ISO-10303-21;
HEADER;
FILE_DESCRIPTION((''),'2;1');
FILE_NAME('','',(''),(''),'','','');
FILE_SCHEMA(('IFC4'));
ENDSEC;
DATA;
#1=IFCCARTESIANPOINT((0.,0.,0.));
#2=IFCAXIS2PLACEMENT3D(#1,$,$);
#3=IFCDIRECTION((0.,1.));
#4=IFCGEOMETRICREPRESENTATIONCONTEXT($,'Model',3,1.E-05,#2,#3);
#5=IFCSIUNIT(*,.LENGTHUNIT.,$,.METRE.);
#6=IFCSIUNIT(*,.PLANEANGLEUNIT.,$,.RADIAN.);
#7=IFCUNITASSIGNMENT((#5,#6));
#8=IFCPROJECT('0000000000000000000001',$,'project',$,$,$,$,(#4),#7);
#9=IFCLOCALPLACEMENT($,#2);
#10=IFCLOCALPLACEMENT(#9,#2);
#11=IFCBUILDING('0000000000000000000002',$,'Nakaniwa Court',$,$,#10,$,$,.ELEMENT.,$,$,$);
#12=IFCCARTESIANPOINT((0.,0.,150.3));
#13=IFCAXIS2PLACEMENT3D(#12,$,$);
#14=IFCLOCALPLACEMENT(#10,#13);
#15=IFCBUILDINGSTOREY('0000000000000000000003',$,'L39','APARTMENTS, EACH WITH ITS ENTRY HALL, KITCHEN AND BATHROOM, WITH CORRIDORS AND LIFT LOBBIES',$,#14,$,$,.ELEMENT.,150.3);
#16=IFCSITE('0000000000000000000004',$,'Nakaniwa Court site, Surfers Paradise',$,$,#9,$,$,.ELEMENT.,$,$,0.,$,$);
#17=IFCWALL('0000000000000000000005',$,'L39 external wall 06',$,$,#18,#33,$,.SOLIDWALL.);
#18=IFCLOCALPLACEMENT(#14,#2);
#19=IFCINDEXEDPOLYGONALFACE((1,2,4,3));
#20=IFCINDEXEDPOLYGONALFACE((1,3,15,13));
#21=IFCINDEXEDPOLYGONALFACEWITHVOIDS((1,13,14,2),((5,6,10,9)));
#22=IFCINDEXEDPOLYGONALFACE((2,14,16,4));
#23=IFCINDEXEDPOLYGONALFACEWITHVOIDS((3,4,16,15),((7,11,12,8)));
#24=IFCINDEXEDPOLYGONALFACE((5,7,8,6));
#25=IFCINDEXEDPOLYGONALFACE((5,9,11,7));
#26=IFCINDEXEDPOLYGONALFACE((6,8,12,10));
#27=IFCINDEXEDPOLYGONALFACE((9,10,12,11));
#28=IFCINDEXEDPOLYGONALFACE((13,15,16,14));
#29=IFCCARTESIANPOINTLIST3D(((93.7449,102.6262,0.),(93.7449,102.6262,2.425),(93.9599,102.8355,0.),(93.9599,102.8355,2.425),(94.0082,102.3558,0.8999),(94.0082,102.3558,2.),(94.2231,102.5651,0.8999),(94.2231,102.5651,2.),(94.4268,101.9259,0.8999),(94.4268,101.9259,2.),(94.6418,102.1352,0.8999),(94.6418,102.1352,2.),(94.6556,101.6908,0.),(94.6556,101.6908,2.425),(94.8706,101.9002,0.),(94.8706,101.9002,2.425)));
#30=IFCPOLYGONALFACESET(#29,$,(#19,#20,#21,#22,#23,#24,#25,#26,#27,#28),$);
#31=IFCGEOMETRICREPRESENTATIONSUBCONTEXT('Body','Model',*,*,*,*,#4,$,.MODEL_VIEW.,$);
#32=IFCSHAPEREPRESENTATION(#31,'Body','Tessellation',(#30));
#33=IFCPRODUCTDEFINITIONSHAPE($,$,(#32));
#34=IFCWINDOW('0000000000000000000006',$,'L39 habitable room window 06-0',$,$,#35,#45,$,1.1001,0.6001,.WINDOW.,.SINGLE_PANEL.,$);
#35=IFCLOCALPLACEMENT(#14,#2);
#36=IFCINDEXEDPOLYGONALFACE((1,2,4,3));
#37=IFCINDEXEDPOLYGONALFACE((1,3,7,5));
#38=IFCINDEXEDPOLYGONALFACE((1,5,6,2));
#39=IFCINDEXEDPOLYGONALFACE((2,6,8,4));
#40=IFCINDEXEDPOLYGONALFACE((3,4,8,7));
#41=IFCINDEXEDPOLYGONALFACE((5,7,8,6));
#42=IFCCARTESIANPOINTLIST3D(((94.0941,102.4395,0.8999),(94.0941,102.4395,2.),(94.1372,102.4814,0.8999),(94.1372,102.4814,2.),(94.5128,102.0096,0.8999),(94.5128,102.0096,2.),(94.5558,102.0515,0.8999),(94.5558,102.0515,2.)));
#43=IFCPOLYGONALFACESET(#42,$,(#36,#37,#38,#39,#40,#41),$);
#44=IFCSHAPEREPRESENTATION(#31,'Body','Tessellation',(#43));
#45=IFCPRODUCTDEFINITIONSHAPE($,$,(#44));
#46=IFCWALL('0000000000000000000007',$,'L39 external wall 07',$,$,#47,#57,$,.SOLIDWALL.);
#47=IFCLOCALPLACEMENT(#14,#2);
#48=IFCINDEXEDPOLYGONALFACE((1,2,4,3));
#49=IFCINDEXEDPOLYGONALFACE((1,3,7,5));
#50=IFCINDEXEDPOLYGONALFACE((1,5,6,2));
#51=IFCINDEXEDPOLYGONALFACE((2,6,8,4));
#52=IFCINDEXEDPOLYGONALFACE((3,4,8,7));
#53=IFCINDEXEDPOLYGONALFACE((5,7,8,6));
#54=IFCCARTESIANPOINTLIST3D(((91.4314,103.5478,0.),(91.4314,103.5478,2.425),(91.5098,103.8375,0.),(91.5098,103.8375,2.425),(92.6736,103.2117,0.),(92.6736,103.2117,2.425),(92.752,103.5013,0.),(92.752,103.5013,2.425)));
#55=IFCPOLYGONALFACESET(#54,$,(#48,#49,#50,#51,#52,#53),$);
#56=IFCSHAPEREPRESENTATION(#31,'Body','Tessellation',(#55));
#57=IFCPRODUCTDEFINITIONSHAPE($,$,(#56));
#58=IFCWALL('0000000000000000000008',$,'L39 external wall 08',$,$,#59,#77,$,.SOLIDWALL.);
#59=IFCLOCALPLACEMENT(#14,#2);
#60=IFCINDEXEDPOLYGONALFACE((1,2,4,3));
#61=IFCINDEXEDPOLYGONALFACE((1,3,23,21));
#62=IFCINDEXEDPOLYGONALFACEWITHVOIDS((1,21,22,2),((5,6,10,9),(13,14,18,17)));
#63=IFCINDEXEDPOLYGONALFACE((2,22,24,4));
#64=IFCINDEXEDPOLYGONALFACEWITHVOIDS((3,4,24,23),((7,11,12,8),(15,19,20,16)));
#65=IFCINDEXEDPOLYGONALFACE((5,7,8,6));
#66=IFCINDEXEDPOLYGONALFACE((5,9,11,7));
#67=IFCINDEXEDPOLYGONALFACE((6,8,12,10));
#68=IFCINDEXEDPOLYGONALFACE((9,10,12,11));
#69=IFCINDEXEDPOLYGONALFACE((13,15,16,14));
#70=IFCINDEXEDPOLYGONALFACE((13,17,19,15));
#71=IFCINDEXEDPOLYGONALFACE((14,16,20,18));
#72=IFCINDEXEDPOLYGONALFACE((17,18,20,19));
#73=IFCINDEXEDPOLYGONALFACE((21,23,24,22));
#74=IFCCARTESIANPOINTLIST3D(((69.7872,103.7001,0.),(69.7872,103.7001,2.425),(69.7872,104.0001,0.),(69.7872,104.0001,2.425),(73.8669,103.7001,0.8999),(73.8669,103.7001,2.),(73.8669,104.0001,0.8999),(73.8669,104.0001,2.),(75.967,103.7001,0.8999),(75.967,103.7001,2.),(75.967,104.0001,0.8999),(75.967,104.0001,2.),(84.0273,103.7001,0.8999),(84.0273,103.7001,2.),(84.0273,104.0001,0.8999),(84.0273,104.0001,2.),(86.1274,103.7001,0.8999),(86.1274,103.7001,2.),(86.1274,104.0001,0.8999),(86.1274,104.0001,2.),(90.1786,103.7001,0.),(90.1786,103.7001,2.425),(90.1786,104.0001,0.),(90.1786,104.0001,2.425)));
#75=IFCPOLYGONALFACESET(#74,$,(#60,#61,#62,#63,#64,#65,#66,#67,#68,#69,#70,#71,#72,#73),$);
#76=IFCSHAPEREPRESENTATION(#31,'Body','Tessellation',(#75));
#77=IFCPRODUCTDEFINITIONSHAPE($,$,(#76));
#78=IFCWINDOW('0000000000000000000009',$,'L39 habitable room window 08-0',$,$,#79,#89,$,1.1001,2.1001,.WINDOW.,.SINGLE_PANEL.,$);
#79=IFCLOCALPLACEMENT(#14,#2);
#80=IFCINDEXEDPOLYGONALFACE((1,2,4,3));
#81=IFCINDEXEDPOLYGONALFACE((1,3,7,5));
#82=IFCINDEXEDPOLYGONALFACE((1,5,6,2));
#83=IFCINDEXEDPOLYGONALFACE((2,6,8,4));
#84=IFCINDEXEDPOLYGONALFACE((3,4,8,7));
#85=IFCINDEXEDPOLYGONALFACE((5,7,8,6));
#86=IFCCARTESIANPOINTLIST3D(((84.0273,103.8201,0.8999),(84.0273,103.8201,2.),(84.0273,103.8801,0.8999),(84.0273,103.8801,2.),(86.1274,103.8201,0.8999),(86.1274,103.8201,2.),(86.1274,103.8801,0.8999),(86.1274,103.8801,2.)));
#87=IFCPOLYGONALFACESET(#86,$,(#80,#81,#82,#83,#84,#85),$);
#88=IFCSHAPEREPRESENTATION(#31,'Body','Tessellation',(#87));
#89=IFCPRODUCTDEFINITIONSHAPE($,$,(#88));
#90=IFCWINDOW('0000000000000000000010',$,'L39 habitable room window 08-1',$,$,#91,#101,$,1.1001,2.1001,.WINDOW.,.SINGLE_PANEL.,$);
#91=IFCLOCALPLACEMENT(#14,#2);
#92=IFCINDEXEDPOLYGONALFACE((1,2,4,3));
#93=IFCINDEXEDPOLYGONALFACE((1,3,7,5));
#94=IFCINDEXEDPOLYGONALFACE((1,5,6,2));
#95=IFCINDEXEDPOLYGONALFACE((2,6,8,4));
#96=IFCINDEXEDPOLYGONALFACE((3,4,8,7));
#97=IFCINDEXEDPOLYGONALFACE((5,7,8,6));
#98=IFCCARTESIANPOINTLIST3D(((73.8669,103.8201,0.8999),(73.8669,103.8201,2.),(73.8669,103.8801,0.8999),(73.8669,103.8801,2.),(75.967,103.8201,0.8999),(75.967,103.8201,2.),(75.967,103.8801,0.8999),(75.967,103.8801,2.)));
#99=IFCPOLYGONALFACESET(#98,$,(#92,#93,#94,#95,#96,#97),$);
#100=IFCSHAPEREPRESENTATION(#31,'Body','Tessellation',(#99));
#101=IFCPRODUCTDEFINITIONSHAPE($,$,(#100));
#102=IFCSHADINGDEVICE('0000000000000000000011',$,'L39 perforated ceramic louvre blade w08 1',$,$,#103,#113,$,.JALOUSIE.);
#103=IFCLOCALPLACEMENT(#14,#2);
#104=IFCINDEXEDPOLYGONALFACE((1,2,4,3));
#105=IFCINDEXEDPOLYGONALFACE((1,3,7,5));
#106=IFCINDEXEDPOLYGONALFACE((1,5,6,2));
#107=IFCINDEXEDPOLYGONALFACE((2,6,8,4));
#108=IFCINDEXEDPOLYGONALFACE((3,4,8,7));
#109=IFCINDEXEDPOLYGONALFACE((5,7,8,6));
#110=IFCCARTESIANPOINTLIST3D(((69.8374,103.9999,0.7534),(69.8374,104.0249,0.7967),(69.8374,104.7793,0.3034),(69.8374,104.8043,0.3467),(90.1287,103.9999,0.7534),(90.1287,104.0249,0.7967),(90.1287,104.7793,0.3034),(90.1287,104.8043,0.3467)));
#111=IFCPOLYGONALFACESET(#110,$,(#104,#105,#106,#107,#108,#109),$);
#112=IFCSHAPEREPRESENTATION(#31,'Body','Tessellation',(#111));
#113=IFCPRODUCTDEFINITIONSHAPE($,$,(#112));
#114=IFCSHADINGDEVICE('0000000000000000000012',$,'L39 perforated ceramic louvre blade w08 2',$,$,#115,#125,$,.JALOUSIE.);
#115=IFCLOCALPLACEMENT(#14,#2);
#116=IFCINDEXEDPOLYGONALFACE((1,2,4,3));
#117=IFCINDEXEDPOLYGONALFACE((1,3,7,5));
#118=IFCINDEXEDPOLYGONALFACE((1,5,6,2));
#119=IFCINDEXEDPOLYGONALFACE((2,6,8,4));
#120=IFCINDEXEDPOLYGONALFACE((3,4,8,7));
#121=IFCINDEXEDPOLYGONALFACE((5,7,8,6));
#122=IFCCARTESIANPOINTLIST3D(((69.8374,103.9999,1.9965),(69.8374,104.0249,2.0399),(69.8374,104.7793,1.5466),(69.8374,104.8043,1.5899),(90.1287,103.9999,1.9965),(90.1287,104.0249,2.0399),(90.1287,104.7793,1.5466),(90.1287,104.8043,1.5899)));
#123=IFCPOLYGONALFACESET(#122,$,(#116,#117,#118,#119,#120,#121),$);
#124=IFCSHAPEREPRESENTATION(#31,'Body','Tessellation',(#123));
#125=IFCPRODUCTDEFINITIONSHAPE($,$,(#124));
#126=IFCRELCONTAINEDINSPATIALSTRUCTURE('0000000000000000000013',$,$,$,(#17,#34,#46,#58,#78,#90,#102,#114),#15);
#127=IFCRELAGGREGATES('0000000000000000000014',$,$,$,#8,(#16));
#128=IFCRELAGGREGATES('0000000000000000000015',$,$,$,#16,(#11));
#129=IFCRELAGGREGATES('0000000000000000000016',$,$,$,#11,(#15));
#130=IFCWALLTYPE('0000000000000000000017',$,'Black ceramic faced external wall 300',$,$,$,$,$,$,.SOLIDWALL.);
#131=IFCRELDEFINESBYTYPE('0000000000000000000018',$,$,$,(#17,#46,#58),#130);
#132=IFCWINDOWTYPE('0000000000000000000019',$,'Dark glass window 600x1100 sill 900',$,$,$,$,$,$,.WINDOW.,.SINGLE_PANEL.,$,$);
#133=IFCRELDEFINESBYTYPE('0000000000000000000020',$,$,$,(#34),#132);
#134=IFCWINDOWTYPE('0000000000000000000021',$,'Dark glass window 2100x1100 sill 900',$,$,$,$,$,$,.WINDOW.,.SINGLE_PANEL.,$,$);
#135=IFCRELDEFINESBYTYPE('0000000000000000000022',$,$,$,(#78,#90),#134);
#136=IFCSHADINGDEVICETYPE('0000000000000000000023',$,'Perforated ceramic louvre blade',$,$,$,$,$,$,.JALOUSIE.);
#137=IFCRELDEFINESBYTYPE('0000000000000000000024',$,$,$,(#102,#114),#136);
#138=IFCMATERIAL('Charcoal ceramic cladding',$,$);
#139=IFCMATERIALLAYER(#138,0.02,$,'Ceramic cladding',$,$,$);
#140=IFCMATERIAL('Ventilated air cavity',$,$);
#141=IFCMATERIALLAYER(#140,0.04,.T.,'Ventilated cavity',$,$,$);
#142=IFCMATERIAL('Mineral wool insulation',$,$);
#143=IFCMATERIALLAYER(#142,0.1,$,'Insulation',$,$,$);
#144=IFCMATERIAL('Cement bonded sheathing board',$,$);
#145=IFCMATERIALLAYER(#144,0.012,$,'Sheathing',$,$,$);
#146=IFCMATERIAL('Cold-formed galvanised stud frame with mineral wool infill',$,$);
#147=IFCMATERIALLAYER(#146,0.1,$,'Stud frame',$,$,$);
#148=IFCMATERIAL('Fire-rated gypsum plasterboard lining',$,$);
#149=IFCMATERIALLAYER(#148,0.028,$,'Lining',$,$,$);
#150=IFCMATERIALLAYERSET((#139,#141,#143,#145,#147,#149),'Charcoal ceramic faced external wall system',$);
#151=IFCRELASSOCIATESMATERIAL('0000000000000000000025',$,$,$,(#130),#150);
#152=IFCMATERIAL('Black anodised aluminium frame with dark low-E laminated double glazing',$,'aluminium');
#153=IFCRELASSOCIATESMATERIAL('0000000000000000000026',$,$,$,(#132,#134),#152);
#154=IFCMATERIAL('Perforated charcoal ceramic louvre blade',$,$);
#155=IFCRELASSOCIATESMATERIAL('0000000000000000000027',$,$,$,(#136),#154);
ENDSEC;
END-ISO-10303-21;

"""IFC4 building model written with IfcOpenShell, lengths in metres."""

from ifc_helpers import new_model, si_unit, direction, frame, frame_2d, origin, origin_2d, place, context, subcontext, project, spatial, rectangle, extrude, material, layer, layer_set, material_profile, profile_set, type_object, element, fill, save


model = new_model("IFC4")

# Units and contexts
model_context = context("Model", 3, precision=1e-05, world=origin(), true_north=direction((0.0, 1.0)))
body_context = subcontext(model_context, "Body", "Model", "MODEL_VIEW")
ifc_project = project(units=[si_unit("LENGTHUNIT", "METRE"), si_unit("PLANEANGLEUNIT", "RADIAN")], contexts=[model_context])

# Site, building, storey
site_placement = place(None, origin())
site = spatial("IfcSite", under=ifc_project, at=site_placement, Name="Nakaniwa Court site, Surfers Paradise", CompositionType="ELEMENT", RefElevation=0.0)
building_placement = place(site_placement, origin())
building = spatial("IfcBuilding", under=site, at=building_placement, Name="Nakaniwa Court", CompositionType="ELEMENT")
storey_placement = place(building_placement, frame((0.0, 0.0, 150.3)))
storey = spatial("IfcBuildingStorey", under=building, at=storey_placement, Name="L39", Description="APARTMENTS, EACH WITH ITS ENTRY HALL, KITCHEN AND BATHROOM, WITH CORRIDORS AND LIFT LOBBIES", CompositionType="ELEMENT", Elevation=150.3)

# Wall, opening, window
ifc_material_1 = material(Name="Charcoal ceramic cladding")
ifc_layer_1 = layer(ifc_material_1, 0.02, Name="Ceramic cladding")
ifc_material_2 = material(Name="Ventilated air cavity")
ifc_layer_2 = layer(ifc_material_2, 0.04, ventilated=True, Name="Ventilated cavity")
ifc_material_3 = material(Name="Mineral wool insulation")
ifc_layer_3 = layer(ifc_material_3, 0.1, Name="Insulation")
ifc_material_4 = material(Name="Cement bonded sheathing board")
ifc_layer_4 = layer(ifc_material_4, 0.012, Name="Sheathing")
ifc_material_5 = material(Name="Cold-formed galvanised stud frame with mineral wool infill")
ifc_layer_5 = layer(ifc_material_5, 0.1, Name="Stud frame")
ifc_material_6 = material(Name="Fire-rated gypsum plasterboard lining")
ifc_layer_6 = layer(ifc_material_6, 0.028, Name="Lining")
ifc_layer_set_1 = layer_set([ifc_layer_1, ifc_layer_2, ifc_layer_3, ifc_layer_4, ifc_layer_5, ifc_layer_6], Name="Charcoal ceramic faced external wall system")
wall_type_1 = type_object("IfcWallType", Name="Black ceramic faced external wall 300", PredefinedType="SOLIDWALL", material=ifc_layer_set_1)
wall_1_placement = place(storey_placement, frame((94.7632, 101.7954, 0.0), z_axis=(0.0, 0.0, 1.0), x_axis=(-0.697599, 0.716488, 0.0)))
wall_1 = element("IfcWall", 1, at=wall_1_placement, inside=storey, type_object=wall_type_1, Name="L39 external wall 06", PredefinedType="SOLIDWALL", context=body_context, shape_type="SweptSolid", body=[
    extrude(rectangle(XDim=1.3054, YDim=0.3, at=frame_2d((0.6528, 0.0))), origin(), (0.0, 0.0, 1.0), 2.425),
])
opening_1_placement = place(wall_1_placement, frame((0.3281, 0.0, 0.8999)))
opening_1 = element("IfcOpeningElement", 2, at=opening_1_placement, cuts=wall_1, PredefinedType="OPENING", context=body_context, shape_type="SweptSolid", body=[
    extrude(rectangle(XDim=0.6001, YDim=1.1001, at=frame_2d((0.3, 0.55))), frame((0.0, 0.1599, 0.0), z_axis=(0.0, -1.0, 0.0), x_axis=(1.0, 0.0, 0.0)), (0.0, 0.0, 1.0), 0.3201),
])
ifc_material_7 = material(Name="Black anodised aluminium frame with dark low-E laminated double glazing", Category="aluminium")
window_type_1 = type_object("IfcWindowType", Name="Dark glass window 600x1100 sill 900", PartitioningType="SINGLE_PANEL", PredefinedType="WINDOW", material=ifc_material_7)
window_1_placement = place(opening_1_placement, origin())
window_1 = element("IfcWindow", 3, at=window_1_placement, inside=storey, type_object=window_type_1, Name="L39 habitable room window 06-0", OverallHeight=1.1001, OverallWidth=0.6001, PartitioningType="SINGLE_PANEL", PredefinedType="WINDOW", context=body_context, shape_type="SweptSolid", body=[
    extrude(rectangle(XDim=0.6001, YDim=1.1001, at=frame_2d((0.3, 0.55))), frame((0.0, 0.03, 0.0), z_axis=(0.0, -1.0, 0.0), x_axis=(1.0, 0.0, 0.0)), (0.0, 0.0, 1.0), 0.0601),
])
fill(opening_1, window_1)

# Wall
wall_2_placement = place(storey_placement, frame((92.7129, 103.3564, 0.0), z_axis=(0.0, 0.0, 1.0), x_axis=(-0.965274, 0.261239, 0.0)))
element("IfcWall", 4, at=wall_2_placement, inside=storey, type_object=wall_type_1, Name="L39 external wall 07", PredefinedType="SOLIDWALL", context=body_context, shape_type="SweptSolid", body=[
    extrude(rectangle(XDim=1.2869, YDim=0.3, at=frame_2d((0.6436, 0.0))), origin(), (0.0, 0.0, 1.0), 2.425),
])

# Wall, openings, windows
wall_3_placement = place(storey_placement, frame((90.1787, 103.8501, 0.0), z_axis=(0.0, 0.0, 1.0), x_axis=(-1.0, 0.0, 0.0)))
wall_3 = element("IfcWall", 5, at=wall_3_placement, inside=storey, type_object=wall_type_1, Name="L39 external wall 08", PredefinedType="SOLIDWALL", context=body_context, shape_type="SweptSolid", body=[
    extrude(rectangle(XDim=20.3914, YDim=0.3, at=frame_2d((10.1958, 0.0))), origin(), (0.0, 0.0, 1.0), 2.425),
])
opening_2_placement = place(wall_3_placement, frame((4.0513, 0.0, 0.8999)))
opening_2 = element("IfcOpeningElement", 6, at=opening_2_placement, cuts=wall_3, PredefinedType="OPENING", context=body_context, shape_type="SweptSolid", body=[
    extrude(rectangle(XDim=2.1001, YDim=1.1001, at=frame_2d((1.05, 0.55))), frame((0.0, 0.1599, 0.0), z_axis=(0.0, -1.0, 0.0), x_axis=(1.0, 0.0, 0.0)), (0.0, 0.0, 1.0), 0.3201),
])
opening_3_placement = place(wall_3_placement, frame((14.2117, 0.0, 0.8999)))
opening_3 = element("IfcOpeningElement", 7, at=opening_3_placement, cuts=wall_3, PredefinedType="OPENING", context=body_context, shape_type="SweptSolid", body=[
    extrude(rectangle(XDim=2.1001, YDim=1.1001, at=frame_2d((1.05, 0.55))), frame((0.0, 0.1599, 0.0), z_axis=(0.0, -1.0, 0.0), x_axis=(1.0, 0.0, 0.0)), (0.0, 0.0, 1.0), 0.3201),
])
window_type_2 = type_object("IfcWindowType", Name="Dark glass window 2100x1100 sill 900", PartitioningType="SINGLE_PANEL", PredefinedType="WINDOW", material=ifc_material_7)
window_2_placement = place(opening_2_placement, origin())
window_2 = element("IfcWindow", 8, at=window_2_placement, inside=storey, type_object=window_type_2, Name="L39 habitable room window 08-0", OverallHeight=1.1001, OverallWidth=2.1001, PartitioningType="SINGLE_PANEL", PredefinedType="WINDOW", context=body_context, shape_type="SweptSolid", body=[
    extrude(rectangle(XDim=2.1001, YDim=1.1001, at=frame_2d((1.05, 0.55))), frame((0.0, 0.03, 0.0), z_axis=(0.0, -1.0, 0.0), x_axis=(1.0, 0.0, 0.0)), (0.0, 0.0, 1.0), 0.0601),
])
fill(opening_2, window_2)
window_3_placement = place(opening_3_placement, origin())
window_3 = element("IfcWindow", 9, at=window_3_placement, inside=storey, type_object=window_type_2, Name="L39 habitable room window 08-1", OverallHeight=1.1001, OverallWidth=2.1001, PartitioningType="SINGLE_PANEL", PredefinedType="WINDOW", context=body_context, shape_type="SweptSolid", body=[
    extrude(rectangle(XDim=2.1001, YDim=1.1001, at=frame_2d((1.05, 0.55))), frame((0.0, 0.03, 0.0), z_axis=(0.0, -1.0, 0.0), x_axis=(1.0, 0.0, 0.0)), (0.0, 0.0, 1.0), 0.0601),
])
fill(opening_3, window_3)

# Shading devices
ifc_material_8 = material(Name="Perforated charcoal ceramic louvre blade")
ifc_material_profile_1 = material_profile(ifc_material_8, rectangle(XDim=0.8999, YDim=0.05, at=origin_2d()), Name="Perforated ceramic louvre blade")
ifc_profile_set_1 = profile_set([ifc_material_profile_1], Name="Perforated charcoal ceramic louvre blade")
shading_device_type = type_object("IfcShadingDeviceType", Name="Perforated ceramic louvre blade", PredefinedType="JALOUSIE", material=ifc_profile_set_1)
for number, where, z_axis, x_axis, name in (
    (10, (90.1287, 104.4021, 0.55), (-1.0, 0.0, 0.0), (0.0, -0.866025, 0.5), "L39 perforated ceramic louvre blade w08 1"),
    (11, (90.1287, 104.4021, 1.7932), (-1.0, 0.0, 0.0), (0.0, -0.866025, 0.5), "L39 perforated ceramic louvre blade w08 2"),
):
    element("IfcShadingDevice", number, at=place(storey_placement, frame(where, z_axis=z_axis, x_axis=x_axis)), inside=storey, type_object=shading_device_type, Name=name, PredefinedType="JALOUSIE", context=body_context, shape_type="SweptSolid", body=[
        extrude(rectangle(XDim=0.8999, YDim=0.05, at=origin_2d()), origin(), (0.0, 0.0, 1.0), 20.2913),
    ])

save(model, "model.ifc")
